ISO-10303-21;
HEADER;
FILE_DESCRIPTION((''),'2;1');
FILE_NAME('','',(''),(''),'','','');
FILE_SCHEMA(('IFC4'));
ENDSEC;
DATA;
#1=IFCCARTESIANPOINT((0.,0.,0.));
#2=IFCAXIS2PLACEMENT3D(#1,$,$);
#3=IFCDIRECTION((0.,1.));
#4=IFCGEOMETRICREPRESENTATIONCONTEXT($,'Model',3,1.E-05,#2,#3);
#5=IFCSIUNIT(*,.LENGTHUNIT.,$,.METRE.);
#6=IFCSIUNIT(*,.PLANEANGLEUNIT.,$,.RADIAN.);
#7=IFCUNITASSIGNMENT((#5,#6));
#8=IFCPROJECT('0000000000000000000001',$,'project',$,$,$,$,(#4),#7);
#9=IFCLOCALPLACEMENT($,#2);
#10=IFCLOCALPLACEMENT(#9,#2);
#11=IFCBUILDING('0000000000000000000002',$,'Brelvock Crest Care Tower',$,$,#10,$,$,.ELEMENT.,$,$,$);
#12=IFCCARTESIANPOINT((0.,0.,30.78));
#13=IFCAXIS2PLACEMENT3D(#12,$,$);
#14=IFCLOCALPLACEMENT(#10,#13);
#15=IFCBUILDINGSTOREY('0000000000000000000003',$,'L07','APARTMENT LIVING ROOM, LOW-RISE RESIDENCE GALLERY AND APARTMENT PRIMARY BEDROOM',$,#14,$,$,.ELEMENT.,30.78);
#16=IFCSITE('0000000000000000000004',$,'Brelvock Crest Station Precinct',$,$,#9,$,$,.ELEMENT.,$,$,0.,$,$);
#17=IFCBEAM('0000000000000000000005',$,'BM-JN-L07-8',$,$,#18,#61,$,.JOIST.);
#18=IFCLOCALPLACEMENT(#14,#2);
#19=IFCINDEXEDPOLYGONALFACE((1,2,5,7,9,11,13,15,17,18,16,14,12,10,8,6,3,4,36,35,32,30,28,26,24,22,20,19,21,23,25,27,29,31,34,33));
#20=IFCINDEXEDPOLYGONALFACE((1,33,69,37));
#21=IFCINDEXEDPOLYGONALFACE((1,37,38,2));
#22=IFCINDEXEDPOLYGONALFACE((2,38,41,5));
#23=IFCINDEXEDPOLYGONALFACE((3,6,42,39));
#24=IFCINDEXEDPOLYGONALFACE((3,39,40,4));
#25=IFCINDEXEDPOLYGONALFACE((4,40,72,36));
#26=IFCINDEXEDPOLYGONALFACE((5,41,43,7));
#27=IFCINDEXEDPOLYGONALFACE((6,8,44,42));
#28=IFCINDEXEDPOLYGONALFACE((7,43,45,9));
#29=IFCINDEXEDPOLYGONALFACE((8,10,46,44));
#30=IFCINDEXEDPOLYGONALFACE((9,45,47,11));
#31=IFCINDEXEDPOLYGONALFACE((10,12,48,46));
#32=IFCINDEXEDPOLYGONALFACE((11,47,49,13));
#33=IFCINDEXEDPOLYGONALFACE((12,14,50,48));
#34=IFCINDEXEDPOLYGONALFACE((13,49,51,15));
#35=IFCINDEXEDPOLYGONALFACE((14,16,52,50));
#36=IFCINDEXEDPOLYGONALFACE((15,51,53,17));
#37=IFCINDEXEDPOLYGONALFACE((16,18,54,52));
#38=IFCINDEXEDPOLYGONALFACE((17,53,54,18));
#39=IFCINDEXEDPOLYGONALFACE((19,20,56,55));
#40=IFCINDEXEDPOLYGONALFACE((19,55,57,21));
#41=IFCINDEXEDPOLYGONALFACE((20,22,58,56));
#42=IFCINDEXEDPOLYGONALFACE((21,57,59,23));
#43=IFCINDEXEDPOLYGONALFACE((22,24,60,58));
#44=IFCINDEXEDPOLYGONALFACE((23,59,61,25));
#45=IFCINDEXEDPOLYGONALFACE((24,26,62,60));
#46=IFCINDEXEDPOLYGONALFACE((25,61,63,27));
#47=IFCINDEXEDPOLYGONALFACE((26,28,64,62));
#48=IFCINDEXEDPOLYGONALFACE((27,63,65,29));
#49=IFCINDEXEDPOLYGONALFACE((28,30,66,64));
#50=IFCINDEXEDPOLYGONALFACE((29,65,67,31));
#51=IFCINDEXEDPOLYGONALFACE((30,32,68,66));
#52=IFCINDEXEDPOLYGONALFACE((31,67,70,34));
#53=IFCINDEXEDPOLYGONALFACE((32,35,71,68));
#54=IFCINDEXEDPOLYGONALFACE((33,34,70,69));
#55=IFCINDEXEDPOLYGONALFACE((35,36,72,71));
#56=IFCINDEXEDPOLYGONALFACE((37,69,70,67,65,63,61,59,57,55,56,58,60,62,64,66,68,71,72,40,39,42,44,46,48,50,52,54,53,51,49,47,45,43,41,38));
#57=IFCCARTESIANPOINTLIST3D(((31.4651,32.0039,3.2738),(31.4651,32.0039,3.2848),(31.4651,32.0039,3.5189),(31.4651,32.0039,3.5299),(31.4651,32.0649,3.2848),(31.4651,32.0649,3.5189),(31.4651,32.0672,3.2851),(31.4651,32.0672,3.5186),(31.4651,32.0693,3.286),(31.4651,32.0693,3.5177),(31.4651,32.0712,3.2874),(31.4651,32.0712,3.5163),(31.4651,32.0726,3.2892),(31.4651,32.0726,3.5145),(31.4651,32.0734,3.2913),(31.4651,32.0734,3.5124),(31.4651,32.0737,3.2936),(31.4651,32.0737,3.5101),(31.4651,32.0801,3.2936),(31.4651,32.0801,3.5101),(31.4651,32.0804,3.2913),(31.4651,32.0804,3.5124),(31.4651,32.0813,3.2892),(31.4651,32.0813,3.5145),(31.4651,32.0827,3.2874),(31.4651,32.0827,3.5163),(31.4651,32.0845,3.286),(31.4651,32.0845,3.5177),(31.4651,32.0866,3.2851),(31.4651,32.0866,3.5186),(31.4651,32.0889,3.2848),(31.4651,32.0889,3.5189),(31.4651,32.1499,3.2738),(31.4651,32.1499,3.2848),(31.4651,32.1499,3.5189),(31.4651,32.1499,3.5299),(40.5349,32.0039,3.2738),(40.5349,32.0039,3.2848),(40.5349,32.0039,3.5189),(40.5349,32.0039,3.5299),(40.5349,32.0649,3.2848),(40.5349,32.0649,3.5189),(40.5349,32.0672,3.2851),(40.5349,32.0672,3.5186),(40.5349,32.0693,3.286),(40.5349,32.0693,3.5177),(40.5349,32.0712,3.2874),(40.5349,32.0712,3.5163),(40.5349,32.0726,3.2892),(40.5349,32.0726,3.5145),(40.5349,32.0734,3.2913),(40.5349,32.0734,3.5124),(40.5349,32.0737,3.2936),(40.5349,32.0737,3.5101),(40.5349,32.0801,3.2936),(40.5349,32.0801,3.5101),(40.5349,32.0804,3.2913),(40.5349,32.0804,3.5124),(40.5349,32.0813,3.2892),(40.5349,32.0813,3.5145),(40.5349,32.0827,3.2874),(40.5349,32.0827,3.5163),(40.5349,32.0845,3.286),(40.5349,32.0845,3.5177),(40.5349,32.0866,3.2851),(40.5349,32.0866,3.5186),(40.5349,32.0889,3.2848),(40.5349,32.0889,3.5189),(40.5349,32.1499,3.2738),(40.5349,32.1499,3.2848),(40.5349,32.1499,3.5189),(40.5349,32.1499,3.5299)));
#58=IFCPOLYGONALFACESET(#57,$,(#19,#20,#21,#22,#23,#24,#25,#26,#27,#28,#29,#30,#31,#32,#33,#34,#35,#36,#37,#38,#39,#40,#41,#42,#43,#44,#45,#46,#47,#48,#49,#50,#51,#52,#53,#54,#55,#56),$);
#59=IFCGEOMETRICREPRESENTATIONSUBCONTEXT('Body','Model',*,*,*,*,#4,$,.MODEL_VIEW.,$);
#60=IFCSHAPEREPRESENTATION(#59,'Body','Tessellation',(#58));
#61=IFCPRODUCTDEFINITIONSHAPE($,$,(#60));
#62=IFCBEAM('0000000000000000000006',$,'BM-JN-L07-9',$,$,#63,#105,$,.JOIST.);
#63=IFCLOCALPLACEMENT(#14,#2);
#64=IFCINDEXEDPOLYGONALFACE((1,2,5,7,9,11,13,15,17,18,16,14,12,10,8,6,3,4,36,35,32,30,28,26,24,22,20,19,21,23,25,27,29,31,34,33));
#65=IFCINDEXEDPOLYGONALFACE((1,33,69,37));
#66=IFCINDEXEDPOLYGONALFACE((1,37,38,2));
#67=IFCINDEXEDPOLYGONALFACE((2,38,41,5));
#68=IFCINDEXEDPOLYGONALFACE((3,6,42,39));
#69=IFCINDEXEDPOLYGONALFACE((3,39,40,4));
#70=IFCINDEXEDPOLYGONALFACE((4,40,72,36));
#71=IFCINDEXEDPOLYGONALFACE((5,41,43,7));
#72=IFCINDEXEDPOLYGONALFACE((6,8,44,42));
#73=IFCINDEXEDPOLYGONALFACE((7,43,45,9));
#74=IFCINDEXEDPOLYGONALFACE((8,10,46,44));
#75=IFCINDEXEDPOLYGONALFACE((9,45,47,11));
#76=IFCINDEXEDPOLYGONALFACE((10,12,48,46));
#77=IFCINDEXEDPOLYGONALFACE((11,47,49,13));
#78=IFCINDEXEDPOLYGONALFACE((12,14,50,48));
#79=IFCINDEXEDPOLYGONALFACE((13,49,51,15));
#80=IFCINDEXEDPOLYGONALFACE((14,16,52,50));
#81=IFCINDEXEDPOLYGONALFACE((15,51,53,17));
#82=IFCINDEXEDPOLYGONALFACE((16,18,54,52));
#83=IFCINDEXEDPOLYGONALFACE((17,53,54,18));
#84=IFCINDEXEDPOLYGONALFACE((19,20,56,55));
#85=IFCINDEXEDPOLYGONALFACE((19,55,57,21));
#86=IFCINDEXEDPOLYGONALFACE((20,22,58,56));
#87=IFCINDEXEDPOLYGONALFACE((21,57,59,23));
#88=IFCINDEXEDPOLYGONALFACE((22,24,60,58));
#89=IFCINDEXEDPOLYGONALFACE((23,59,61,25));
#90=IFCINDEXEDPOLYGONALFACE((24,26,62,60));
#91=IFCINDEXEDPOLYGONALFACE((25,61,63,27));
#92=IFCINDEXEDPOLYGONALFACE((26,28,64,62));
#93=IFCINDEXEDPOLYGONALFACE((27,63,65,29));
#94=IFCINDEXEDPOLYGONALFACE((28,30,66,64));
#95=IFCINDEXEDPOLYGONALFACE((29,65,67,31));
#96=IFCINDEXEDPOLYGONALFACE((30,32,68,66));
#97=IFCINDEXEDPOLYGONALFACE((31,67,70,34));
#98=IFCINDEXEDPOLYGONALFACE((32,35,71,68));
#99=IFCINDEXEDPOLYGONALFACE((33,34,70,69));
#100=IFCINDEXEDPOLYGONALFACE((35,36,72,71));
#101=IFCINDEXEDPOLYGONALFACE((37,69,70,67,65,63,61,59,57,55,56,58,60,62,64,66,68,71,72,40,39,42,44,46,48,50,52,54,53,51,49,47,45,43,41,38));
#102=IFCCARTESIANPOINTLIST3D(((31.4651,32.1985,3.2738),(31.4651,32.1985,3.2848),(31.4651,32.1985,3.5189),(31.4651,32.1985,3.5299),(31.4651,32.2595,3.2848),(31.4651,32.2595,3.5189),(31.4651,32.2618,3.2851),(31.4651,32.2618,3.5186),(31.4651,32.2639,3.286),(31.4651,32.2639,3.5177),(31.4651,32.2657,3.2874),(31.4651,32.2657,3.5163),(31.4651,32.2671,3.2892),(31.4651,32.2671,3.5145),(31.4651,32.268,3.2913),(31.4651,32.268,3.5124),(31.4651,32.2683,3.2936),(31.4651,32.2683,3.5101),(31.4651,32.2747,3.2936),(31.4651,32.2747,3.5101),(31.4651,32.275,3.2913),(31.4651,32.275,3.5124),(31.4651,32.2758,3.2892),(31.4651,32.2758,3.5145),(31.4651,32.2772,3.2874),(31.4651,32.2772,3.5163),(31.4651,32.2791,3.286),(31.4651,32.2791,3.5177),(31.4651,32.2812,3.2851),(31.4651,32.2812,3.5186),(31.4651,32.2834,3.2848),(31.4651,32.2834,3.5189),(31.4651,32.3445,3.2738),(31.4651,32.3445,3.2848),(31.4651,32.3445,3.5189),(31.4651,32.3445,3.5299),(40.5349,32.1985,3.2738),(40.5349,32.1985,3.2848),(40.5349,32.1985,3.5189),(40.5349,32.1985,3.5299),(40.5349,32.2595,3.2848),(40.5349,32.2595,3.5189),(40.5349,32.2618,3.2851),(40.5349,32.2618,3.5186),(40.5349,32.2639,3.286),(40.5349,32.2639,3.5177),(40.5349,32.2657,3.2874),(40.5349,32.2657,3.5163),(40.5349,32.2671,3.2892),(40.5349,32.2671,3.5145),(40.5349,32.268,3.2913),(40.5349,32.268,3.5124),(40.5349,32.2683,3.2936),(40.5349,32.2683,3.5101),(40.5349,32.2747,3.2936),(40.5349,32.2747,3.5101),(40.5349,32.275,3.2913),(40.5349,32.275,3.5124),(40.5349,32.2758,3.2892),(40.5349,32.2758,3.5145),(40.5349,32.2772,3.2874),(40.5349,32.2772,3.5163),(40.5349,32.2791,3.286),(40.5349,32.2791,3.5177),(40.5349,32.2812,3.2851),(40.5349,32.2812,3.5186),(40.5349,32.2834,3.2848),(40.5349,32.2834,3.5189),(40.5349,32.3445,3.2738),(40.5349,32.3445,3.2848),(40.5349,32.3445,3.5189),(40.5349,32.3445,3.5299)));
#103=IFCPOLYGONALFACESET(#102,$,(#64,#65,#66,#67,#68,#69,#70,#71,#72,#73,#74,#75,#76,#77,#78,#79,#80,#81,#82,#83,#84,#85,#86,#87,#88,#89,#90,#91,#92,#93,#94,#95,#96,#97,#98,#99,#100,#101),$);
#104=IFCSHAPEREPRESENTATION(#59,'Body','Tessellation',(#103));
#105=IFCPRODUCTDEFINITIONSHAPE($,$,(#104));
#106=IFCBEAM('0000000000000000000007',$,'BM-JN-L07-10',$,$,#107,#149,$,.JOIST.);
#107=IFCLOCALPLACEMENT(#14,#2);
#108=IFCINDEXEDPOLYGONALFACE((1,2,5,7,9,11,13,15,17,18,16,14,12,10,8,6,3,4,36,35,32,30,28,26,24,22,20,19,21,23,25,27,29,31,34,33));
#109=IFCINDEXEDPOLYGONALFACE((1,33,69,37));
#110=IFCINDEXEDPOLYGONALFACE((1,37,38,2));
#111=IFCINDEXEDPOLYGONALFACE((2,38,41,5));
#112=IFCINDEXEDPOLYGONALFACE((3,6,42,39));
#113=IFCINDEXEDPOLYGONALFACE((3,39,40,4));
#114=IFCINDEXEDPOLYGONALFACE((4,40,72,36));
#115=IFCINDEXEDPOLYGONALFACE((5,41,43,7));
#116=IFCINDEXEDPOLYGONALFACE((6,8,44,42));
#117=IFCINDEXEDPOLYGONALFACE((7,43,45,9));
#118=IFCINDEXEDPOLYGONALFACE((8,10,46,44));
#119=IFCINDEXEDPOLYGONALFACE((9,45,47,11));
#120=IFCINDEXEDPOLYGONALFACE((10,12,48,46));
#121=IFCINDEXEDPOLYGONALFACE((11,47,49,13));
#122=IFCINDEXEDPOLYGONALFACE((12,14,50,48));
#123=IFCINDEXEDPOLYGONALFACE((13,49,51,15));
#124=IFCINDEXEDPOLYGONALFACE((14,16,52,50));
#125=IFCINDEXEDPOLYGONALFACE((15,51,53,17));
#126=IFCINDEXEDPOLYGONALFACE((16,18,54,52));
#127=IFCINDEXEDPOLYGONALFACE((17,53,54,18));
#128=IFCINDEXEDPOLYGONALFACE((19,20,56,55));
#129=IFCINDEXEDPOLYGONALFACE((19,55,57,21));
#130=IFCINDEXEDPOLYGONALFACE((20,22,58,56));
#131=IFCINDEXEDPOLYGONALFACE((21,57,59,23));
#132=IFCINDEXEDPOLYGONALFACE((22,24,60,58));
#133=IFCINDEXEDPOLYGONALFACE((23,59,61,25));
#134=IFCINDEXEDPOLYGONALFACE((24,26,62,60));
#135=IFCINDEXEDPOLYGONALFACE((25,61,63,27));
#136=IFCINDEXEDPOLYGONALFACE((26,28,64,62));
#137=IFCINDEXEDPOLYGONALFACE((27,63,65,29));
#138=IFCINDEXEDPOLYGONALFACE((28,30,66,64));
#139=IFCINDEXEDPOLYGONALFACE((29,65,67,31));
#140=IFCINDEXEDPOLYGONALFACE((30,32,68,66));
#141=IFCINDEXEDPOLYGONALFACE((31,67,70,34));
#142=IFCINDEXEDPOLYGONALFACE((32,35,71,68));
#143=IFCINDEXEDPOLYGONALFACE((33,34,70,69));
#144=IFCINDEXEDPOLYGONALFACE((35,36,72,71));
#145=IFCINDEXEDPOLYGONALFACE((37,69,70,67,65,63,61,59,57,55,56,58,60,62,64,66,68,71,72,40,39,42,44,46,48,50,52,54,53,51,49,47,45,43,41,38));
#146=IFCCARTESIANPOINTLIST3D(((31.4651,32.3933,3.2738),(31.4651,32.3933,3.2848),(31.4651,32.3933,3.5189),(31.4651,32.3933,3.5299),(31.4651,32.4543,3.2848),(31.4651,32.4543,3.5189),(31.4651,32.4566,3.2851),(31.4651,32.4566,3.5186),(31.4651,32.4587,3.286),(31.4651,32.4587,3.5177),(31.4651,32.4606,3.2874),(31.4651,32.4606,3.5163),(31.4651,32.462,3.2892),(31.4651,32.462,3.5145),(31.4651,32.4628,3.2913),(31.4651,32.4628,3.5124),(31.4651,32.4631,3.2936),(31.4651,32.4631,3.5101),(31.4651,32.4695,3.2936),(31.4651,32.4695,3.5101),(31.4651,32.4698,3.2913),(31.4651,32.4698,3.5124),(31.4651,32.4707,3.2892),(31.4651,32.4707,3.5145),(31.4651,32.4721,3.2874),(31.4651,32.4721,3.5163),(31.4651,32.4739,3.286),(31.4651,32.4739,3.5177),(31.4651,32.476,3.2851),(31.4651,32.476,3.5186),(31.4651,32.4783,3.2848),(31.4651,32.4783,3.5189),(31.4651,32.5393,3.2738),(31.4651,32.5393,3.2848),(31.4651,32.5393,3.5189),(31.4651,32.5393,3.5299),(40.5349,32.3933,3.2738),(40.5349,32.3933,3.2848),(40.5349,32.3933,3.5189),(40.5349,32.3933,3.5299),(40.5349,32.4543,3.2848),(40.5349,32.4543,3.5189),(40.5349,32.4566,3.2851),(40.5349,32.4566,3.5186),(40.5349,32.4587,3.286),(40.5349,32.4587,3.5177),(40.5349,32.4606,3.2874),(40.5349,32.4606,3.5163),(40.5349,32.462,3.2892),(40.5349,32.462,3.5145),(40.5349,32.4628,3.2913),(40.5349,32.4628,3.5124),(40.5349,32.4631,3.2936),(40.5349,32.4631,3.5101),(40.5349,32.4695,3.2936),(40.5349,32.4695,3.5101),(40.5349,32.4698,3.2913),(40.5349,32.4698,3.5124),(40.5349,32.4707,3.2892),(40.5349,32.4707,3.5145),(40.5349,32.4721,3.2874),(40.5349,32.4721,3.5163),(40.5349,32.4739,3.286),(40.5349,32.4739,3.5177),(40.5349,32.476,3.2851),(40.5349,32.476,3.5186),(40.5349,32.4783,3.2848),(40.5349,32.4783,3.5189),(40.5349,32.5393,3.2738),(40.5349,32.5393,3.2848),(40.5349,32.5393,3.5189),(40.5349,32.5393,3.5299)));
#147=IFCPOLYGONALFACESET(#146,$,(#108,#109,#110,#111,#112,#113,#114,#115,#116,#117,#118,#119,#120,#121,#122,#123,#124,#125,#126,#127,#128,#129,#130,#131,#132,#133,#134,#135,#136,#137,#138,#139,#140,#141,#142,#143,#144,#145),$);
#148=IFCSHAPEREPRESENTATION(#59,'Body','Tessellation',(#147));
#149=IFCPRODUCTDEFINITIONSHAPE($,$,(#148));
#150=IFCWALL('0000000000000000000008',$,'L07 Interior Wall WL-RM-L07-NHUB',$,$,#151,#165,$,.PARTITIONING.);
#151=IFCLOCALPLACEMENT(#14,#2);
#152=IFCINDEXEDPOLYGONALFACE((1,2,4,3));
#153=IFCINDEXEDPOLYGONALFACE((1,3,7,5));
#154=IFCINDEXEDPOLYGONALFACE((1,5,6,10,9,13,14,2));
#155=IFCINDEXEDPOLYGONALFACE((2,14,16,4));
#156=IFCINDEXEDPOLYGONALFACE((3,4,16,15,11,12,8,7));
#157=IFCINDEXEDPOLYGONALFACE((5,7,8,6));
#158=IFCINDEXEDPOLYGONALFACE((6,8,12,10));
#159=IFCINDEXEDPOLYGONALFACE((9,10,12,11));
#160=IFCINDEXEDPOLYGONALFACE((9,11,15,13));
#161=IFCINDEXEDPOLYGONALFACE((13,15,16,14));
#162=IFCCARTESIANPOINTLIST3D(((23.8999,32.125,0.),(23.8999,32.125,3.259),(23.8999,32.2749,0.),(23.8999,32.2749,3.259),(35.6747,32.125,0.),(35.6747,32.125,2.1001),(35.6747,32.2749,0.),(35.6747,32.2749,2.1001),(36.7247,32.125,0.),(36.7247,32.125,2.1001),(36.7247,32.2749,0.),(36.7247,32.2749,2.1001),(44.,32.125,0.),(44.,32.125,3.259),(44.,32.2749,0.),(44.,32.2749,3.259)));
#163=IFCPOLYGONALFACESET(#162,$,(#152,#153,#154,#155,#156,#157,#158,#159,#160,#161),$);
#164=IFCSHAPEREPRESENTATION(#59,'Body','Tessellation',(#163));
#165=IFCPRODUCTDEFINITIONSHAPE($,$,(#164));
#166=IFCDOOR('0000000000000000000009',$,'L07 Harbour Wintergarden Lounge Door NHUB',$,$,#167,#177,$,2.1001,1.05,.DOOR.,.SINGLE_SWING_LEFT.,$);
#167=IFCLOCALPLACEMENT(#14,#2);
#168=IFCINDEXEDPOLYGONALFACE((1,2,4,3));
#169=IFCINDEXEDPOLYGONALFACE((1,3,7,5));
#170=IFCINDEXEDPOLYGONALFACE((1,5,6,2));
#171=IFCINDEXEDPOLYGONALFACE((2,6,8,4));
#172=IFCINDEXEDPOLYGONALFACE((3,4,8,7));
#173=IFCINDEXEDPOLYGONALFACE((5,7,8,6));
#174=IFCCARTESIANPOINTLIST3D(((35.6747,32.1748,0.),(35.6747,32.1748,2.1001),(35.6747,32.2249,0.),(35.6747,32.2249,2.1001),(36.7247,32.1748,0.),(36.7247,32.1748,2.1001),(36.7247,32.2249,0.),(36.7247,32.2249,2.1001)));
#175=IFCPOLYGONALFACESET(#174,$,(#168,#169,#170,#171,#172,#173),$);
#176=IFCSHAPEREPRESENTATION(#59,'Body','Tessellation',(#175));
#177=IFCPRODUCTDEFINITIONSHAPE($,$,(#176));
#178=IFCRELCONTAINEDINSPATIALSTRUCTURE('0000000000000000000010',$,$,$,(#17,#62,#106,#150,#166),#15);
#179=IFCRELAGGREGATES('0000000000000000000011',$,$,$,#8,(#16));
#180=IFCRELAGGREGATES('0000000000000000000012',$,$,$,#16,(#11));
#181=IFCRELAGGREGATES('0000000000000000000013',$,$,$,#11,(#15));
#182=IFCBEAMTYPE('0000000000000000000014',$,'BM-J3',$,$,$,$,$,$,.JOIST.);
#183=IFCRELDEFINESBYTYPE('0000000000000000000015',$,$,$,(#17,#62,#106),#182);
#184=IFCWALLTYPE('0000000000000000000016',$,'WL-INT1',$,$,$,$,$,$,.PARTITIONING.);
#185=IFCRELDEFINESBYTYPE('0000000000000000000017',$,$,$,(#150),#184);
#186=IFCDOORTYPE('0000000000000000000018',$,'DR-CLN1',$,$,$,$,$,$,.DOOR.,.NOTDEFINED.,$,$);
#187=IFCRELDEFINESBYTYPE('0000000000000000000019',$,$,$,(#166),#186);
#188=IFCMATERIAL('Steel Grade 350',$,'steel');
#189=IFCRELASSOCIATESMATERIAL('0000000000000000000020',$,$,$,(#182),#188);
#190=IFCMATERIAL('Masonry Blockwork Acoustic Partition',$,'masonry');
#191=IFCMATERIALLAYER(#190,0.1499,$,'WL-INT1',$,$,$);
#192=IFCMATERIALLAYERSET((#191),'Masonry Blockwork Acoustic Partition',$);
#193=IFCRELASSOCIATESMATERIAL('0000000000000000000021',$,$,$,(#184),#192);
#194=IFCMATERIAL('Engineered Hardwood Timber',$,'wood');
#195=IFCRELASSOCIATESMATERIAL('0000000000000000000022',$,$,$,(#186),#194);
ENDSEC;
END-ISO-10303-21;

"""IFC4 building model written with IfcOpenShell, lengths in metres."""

from ifc_helpers import new_model, si_unit, direction, frame, frame_2d, origin, origin_2d, place, context, subcontext, project, spatial, rectangle, i_section, extrude, source, transform, mapped, material, layer, layer_set, material_profile, profile_set, type_object, element, fill, save


model = new_model("IFC4")

# Units and contexts
model_context = context("Model", 3, precision=1e-05, world=origin(), true_north=direction((0.0, 1.0)))
body_context = subcontext(model_context, "Body", "Model", "MODEL_VIEW")
ifc_project = project(units=[si_unit("LENGTHUNIT", "METRE"), si_unit("PLANEANGLEUNIT", "RADIAN")], contexts=[model_context])

# Site, building, storey
site_placement = place(None, origin())
site = spatial("IfcSite", under=ifc_project, at=site_placement, Name="Brelvock Crest Station Precinct", CompositionType="ELEMENT", RefElevation=0.0)
building_placement = place(site_placement, origin())
building = spatial("IfcBuilding", under=site, at=building_placement, Name="Brelvock Crest Care Tower", CompositionType="ELEMENT")
storey_placement = place(building_placement, frame((0.0, 0.0, 30.78)))
storey = spatial("IfcBuildingStorey", under=building, at=storey_placement, Name="L07", Description="APARTMENT LIVING ROOM, LOW-RISE RESIDENCE GALLERY AND APARTMENT PRIMARY BEDROOM", CompositionType="ELEMENT", Elevation=30.78)

# Beams
ifc_material_1 = material(Name="Steel Grade 350", Category="steel")
ifc_material_profile = material_profile(ifc_material_1, i_section(OverallWidth=0.146, OverallDepth=0.2561, WebThickness=0.0063, FlangeThickness=0.011, FilletRadius=0.0088, at=origin_2d()), Name="250UB37.3")
ifc_profile_set = profile_set([ifc_material_profile], Name="Steel Grade 350")
beam_type = type_object("IfcBeamType", Name="BM-J3", PredefinedType="JOIST", material=ifc_profile_set)
shared_shape_1 = source(origin(), body_context, "Body", "SweptSolid", [
    extrude(i_section(OverallWidth=0.146, OverallDepth=0.2561, WebThickness=0.0063, FlangeThickness=0.011, FilletRadius=0.0088, at=origin_2d()), origin(), (0.0, 0.0, 1.0), 9.0698),
])
for number, where, z_axis, x_axis, name in (
    (1, (31.4651, 32.0769, 3.4019), (1.0, 0.0, 0.0), (0.0, 1.0, 0.0), "BM-JN-L07-8"),
    (2, (31.4651, 32.2715, 3.4019), (1.0, 0.0, 0.0), (0.0, 1.0, 0.0), "BM-JN-L07-9"),
    (3, (31.4651, 32.4663, 3.4019), (1.0, 0.0, 0.0), (0.0, 1.0, 0.0), "BM-JN-L07-10"),
):
    element("IfcBeam", number, at=place(storey_placement, frame(where, z_axis=z_axis, x_axis=x_axis)), inside=storey, type_object=beam_type, Name=name, PredefinedType="JOIST", context=body_context, shape_type="MappedRepresentation", body=[
        mapped(shared_shape_1, transform((0.0, 0.0, 0.0), x_axis=(1.0, 0.0, 0.0), y_axis=(0.0, 1.0, 0.0), z_axis=(0.0, 0.0, 1.0), scale=1.0)),
    ])

# Wall, opening, door
ifc_material_2 = material(Name="Masonry Blockwork Acoustic Partition", Category="masonry")
ifc_layer_1 = layer(ifc_material_2, 0.1499, Name="WL-INT1")
ifc_layer_set_1 = layer_set([ifc_layer_1], Name="Masonry Blockwork Acoustic Partition")
wall_type_1 = type_object("IfcWallType", Name="WL-INT1", PredefinedType="PARTITIONING", material=ifc_layer_set_1)
wall_1_placement = place(storey_placement, frame((23.8999, 32.2, 0.0), z_axis=(0.0, 0.0, 1.0), x_axis=(1.0, 0.0, 0.0)))
wall_1 = element("IfcWall", 4, at=wall_1_placement, inside=storey, type_object=wall_type_1, Name="L07 Interior Wall WL-RM-L07-NHUB", PredefinedType="PARTITIONING", context=body_context, shape_type="SweptSolid", body=[
    extrude(rectangle(XDim=20.1001, YDim=0.1499, at=frame_2d((10.05, 0.0))), origin(), (0.0, 0.0, 1.0), 3.259),
])
opening_1_placement = place(wall_1_placement, frame((11.7749, 0.0, 0.0)))
opening_1 = element("IfcOpeningElement", 5, at=opening_1_placement, cuts=wall_1, PredefinedType="OPENING", context=body_context, shape_type="SweptSolid", body=[
    extrude(rectangle(XDim=1.05, YDim=2.1001, at=origin_2d()), frame((0.5249, 0.085, 1.05), z_axis=(0.0, -1.0, 0.0), x_axis=(1.0, 0.0, 0.0)), (0.0, 0.0, 1.0), 0.1699),
])
ifc_material_3 = material(Name="Engineered Hardwood Timber", Category="wood")
door_type_1 = type_object("IfcDoorType", Name="DR-CLN1", OperationType="NOTDEFINED", PredefinedType="DOOR", material=ifc_material_3)
shared_shape_2 = source(origin(), body_context, "Body", "SweptSolid", [
    extrude(rectangle(XDim=1.05, YDim=2.1001, at=origin_2d()), frame((0.5249, 0.0249, 1.05), z_axis=(0.0, -1.0, 0.0), x_axis=(1.0, 0.0, 0.0)), (0.0, 0.0, 1.0), 0.05),
])
door_1_placement = place(opening_1_placement, origin())
door_1 = element("IfcDoor", 6, at=door_1_placement, inside=storey, type_object=door_type_1, Name="L07 Harbour Wintergarden Lounge Door NHUB", OperationType="SINGLE_SWING_LEFT", OverallHeight=2.1001, OverallWidth=1.05, PredefinedType="DOOR", context=body_context, shape_type="MappedRepresentation", body=[
    mapped(shared_shape_2, transform((0.0, 0.0, 0.0), x_axis=(1.0, 0.0, 0.0), y_axis=(0.0, 1.0, 0.0), z_axis=(0.0, 0.0, 1.0), scale=1.0)),
])
fill(opening_1, door_1)

save(model, "model.ifc")
